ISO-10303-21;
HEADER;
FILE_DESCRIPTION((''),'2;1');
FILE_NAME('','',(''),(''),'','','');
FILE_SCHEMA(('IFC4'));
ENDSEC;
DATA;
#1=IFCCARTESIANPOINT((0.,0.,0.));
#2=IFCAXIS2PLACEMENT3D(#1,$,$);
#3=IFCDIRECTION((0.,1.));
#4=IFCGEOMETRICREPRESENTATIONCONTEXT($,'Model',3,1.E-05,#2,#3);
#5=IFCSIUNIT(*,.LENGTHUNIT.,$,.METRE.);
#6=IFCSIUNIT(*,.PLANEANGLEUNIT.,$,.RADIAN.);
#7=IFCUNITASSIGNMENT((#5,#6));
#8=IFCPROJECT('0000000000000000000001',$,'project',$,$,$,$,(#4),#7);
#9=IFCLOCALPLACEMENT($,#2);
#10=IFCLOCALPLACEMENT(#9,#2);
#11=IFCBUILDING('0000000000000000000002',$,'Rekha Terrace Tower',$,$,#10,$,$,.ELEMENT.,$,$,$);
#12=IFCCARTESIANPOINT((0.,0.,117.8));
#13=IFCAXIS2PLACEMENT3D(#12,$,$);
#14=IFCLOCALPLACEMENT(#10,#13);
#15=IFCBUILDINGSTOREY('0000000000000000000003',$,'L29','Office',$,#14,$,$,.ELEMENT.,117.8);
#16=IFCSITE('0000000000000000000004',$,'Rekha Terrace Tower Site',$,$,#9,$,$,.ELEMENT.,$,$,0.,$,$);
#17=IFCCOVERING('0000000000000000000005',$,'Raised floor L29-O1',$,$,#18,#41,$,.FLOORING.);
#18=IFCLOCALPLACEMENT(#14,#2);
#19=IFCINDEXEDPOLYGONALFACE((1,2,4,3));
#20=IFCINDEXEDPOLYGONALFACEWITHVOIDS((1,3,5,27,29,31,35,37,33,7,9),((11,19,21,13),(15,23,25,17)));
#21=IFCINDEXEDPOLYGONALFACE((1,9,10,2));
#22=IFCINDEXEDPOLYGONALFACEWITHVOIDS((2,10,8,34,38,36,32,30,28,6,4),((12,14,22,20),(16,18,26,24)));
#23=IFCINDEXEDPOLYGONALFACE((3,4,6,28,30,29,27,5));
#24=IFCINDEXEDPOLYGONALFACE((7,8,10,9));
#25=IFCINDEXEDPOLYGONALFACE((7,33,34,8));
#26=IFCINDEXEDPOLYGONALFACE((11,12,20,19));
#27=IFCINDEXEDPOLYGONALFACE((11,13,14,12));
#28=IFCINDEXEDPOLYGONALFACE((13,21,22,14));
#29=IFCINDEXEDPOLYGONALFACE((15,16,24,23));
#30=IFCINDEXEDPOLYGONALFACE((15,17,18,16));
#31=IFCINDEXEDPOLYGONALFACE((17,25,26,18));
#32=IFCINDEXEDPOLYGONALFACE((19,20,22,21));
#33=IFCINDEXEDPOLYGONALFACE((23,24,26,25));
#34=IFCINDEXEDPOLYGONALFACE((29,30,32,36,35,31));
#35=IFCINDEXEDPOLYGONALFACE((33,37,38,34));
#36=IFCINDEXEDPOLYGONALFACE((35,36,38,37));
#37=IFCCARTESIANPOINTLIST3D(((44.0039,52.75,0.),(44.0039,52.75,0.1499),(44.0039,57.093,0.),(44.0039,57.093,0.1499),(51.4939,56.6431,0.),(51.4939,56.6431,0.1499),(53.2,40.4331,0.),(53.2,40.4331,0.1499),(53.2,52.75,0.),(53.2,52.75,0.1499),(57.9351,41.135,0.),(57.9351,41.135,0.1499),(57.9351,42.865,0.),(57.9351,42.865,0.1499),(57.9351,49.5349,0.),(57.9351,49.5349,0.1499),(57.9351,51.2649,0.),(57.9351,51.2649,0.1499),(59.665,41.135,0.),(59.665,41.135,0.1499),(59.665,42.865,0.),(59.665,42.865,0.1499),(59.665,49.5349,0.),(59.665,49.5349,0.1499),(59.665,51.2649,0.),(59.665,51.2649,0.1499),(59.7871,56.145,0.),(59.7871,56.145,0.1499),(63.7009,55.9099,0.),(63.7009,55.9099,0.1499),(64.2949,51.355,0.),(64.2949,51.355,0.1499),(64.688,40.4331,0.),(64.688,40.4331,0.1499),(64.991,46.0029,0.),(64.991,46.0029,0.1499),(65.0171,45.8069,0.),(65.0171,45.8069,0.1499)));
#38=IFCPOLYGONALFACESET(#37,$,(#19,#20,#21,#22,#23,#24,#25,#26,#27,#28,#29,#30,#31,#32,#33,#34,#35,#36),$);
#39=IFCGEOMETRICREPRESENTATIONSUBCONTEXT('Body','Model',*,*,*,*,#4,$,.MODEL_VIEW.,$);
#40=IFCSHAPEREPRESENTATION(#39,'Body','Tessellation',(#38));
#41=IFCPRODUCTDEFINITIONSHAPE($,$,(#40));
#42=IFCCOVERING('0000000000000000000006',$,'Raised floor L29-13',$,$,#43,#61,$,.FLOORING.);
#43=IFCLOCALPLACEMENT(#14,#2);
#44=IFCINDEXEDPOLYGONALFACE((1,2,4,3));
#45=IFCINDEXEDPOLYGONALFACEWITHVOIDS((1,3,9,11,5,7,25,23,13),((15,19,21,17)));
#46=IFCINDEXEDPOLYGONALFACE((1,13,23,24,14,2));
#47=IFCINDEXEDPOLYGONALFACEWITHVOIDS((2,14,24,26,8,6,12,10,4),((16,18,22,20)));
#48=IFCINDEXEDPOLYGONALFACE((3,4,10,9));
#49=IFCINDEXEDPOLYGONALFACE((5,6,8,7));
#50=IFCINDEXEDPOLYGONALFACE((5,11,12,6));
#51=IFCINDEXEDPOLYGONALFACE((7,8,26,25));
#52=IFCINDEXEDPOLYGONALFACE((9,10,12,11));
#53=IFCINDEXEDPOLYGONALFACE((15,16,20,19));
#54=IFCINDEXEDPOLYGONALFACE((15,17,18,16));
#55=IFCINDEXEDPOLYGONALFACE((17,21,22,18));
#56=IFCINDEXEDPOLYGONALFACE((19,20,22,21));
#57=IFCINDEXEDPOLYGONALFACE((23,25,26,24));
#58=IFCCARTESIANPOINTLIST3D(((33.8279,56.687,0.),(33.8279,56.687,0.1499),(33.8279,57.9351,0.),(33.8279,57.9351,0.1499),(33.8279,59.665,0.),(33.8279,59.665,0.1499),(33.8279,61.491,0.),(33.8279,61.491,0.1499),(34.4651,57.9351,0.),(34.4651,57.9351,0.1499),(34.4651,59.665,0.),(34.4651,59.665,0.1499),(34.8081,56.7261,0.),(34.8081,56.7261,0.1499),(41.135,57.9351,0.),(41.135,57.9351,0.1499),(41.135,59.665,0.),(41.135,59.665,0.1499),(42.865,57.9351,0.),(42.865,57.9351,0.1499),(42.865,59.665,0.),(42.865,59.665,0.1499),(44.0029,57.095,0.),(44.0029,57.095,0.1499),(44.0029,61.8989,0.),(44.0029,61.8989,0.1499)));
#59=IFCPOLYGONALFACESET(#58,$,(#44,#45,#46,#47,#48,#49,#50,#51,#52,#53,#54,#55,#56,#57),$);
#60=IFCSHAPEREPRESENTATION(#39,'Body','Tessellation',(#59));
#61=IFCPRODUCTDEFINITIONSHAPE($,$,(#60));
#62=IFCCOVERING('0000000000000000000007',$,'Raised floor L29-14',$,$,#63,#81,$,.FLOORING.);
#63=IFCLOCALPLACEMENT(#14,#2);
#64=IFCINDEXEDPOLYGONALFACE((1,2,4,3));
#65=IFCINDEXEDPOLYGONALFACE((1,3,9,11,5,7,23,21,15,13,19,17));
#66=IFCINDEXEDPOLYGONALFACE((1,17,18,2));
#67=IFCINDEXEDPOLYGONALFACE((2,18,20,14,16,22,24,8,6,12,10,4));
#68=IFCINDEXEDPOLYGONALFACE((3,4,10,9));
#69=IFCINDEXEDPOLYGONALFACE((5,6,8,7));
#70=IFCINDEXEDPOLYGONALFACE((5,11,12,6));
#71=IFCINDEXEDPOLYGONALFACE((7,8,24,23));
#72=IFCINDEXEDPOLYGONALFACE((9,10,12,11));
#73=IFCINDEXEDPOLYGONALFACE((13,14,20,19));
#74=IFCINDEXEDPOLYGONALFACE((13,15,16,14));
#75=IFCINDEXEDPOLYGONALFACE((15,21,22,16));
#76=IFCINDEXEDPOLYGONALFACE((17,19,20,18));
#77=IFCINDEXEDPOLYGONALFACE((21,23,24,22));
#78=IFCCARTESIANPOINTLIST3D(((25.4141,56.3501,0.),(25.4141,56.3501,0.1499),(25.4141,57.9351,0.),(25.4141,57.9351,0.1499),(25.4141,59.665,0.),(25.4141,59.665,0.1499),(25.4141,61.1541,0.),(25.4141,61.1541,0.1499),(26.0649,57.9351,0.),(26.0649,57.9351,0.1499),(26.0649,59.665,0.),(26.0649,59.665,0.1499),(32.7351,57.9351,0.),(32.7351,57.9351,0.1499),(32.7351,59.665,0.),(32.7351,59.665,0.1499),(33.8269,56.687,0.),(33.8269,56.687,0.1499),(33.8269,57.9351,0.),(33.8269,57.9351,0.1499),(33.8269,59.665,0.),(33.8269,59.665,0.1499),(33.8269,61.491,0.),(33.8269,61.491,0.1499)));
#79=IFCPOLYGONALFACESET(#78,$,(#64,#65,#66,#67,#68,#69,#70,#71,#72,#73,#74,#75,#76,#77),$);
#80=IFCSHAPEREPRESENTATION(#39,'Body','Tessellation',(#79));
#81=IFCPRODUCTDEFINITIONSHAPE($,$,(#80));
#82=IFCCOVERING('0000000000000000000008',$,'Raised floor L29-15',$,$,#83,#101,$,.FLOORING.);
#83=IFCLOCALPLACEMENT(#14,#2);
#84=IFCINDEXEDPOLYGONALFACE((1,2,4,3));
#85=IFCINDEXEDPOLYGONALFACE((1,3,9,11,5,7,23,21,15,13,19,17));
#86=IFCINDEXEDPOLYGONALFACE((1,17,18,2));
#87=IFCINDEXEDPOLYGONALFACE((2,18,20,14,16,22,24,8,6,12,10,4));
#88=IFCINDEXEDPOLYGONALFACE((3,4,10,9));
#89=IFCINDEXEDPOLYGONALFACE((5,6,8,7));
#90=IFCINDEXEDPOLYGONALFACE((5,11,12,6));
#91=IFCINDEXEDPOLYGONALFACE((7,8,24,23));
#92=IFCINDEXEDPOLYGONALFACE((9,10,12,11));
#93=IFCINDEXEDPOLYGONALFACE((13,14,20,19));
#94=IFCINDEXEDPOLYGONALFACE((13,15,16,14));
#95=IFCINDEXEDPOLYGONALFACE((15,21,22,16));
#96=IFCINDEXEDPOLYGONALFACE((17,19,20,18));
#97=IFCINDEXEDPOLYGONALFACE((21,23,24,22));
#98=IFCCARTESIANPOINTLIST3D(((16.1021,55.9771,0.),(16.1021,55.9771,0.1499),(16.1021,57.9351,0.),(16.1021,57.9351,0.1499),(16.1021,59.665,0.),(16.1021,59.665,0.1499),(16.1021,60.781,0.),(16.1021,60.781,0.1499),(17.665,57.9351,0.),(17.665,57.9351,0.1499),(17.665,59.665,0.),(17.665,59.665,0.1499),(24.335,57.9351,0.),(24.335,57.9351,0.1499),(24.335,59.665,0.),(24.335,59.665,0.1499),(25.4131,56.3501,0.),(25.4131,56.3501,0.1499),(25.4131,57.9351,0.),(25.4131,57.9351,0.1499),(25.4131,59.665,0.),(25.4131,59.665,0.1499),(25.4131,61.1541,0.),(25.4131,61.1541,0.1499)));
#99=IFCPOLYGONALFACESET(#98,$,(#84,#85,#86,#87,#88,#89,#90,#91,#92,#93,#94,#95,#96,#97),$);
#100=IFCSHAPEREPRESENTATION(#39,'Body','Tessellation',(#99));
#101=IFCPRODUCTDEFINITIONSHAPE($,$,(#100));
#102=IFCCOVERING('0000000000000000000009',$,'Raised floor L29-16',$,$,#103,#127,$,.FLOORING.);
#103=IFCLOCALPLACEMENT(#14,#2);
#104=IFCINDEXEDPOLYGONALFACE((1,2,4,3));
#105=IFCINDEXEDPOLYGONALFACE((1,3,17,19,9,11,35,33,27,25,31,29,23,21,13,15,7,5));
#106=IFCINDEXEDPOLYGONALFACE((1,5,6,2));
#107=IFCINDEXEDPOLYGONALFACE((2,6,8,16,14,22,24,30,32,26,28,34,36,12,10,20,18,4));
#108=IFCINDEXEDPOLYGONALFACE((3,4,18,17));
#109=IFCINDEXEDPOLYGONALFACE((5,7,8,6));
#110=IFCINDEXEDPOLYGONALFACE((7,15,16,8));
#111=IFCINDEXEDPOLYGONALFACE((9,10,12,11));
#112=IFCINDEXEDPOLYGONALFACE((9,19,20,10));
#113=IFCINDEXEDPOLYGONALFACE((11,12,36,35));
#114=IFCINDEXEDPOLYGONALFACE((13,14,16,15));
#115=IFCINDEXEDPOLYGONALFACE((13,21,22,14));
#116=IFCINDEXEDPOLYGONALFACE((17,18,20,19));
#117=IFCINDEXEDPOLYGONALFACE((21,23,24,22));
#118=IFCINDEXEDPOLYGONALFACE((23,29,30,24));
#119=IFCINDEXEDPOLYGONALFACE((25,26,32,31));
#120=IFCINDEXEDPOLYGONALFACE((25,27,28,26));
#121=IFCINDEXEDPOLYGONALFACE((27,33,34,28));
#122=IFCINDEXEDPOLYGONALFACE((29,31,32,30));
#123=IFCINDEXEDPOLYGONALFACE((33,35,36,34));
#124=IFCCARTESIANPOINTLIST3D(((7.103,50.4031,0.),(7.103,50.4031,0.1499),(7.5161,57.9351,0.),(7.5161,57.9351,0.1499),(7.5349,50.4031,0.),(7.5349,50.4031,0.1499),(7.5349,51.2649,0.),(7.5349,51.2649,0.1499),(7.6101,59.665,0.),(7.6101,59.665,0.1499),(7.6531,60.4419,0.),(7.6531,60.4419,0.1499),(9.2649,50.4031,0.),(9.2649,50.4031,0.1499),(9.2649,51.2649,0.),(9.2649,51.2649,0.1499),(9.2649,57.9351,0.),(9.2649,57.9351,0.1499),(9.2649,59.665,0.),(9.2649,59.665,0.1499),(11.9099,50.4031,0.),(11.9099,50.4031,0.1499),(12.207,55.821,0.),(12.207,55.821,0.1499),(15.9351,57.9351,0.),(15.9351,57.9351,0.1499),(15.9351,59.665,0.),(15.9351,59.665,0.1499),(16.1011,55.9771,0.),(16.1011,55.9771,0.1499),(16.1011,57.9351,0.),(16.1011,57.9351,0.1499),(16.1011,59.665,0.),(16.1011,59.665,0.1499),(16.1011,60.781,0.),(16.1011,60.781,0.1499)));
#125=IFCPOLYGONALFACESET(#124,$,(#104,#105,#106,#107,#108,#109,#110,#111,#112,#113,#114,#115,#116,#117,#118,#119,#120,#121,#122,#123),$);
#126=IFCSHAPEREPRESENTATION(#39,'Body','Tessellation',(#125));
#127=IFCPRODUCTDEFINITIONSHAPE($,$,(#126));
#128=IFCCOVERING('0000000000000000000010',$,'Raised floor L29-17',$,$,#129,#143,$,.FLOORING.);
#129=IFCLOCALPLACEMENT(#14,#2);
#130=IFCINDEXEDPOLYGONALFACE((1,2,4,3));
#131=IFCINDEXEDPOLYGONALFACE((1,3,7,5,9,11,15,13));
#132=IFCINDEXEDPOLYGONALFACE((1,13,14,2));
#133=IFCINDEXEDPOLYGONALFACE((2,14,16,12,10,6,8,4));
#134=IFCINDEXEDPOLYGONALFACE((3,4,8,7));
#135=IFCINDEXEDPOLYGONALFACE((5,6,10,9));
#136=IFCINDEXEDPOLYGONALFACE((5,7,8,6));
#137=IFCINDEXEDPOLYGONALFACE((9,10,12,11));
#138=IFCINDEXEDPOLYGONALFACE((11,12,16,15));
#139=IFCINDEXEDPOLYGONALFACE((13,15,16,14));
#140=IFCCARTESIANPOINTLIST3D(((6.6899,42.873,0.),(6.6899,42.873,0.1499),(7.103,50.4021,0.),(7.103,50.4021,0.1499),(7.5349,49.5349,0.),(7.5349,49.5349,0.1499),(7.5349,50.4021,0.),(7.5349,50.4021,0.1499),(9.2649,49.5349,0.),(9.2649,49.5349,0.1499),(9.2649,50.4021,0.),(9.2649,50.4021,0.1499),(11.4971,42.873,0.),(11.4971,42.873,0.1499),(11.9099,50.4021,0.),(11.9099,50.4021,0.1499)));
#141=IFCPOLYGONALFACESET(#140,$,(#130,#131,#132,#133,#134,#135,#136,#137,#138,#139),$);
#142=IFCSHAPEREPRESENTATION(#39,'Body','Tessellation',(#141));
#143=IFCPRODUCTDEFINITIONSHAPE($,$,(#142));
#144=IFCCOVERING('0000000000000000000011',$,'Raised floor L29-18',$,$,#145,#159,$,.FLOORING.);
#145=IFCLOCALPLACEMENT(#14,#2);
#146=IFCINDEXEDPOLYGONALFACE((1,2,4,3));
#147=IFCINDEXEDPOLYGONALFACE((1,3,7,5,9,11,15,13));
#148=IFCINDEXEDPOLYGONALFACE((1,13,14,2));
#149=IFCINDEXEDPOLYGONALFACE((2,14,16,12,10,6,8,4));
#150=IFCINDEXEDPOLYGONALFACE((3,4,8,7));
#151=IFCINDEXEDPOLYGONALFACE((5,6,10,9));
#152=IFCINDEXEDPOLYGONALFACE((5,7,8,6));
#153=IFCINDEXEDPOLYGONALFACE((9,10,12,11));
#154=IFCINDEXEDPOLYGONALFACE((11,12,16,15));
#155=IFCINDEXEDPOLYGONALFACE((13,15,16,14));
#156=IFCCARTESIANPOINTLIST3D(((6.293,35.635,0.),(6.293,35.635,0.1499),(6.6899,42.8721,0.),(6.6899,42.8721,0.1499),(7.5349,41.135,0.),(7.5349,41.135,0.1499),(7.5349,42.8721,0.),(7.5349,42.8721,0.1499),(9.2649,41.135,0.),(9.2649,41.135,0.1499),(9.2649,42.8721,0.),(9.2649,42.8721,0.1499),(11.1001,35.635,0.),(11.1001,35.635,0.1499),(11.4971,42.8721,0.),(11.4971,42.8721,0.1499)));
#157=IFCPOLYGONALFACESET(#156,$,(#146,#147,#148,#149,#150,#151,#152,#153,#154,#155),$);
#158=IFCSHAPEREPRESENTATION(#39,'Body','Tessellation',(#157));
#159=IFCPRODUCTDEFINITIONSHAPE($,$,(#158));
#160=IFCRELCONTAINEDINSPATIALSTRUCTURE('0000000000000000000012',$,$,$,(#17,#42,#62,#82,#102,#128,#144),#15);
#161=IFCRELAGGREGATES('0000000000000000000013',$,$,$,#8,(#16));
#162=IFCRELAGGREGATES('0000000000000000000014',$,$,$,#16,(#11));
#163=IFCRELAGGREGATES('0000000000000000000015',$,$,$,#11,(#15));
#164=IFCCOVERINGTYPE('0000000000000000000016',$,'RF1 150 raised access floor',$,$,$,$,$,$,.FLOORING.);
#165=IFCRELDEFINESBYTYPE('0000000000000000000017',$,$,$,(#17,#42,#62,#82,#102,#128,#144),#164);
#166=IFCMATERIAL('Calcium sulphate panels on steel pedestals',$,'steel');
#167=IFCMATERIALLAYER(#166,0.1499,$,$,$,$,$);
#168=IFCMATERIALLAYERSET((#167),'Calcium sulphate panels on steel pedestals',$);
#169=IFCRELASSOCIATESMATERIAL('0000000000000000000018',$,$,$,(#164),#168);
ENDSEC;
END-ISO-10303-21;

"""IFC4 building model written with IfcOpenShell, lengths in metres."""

from ifc_helpers import new_model, si_unit, direction, frame, origin, place, context, subcontext, project, spatial, polyline, outline, extrude, material, layer, layer_set, type_object, element, save


model = new_model("IFC4")

# Units and contexts
model_context = context("Model", 3, precision=1e-05, world=origin(), true_north=direction((0.0, 1.0)))
body_context = subcontext(model_context, "Body", "Model", "MODEL_VIEW")
ifc_project = project(units=[si_unit("LENGTHUNIT", "METRE"), si_unit("PLANEANGLEUNIT", "RADIAN")], contexts=[model_context])

# Site, building, storey
site_placement = place(None, origin())
site = spatial("IfcSite", under=ifc_project, at=site_placement, Name="Rekha Terrace Tower Site", CompositionType="ELEMENT", RefElevation=0.0)
building_placement = place(site_placement, origin())
building = spatial("IfcBuilding", under=site, at=building_placement, Name="Rekha Terrace Tower", CompositionType="ELEMENT")
storey_placement = place(building_placement, frame((0.0, 0.0, 117.8)))
storey = spatial("IfcBuildingStorey", under=building, at=storey_placement, Name="L29", Description="Office", CompositionType="ELEMENT", Elevation=117.8)

# Coverings
ifc_material_1 = material(Name="Calcium sulphate panels on steel pedestals", Category="steel")
ifc_layer_1 = layer(ifc_material_1, 0.1499)
ifc_layer_set_1 = layer_set([ifc_layer_1], Name="Calcium sulphate panels on steel pedestals")
covering_type_1 = type_object("IfcCoveringType", Name="RF1 150 raised access floor", PredefinedType="FLOORING", material=ifc_layer_set_1)
covering_1_placement = place(storey_placement, origin())
element("IfcCovering", 1, at=covering_1_placement, inside=storey, type_object=covering_type_1, Name="Raised floor L29-O1", PredefinedType="FLOORING", context=body_context, shape_type="SweptSolid", body=[
    extrude(outline(polyline([(59.7871, 56.145), (51.4939, 56.6431), (44.0039, 57.093), (44.0039, 52.75), (53.2, 52.75), (53.2, 40.4331), (64.688, 40.4331), (65.0171, 45.8069), (64.991, 46.0029), (64.2949, 51.355), (63.7009, 55.9099), (59.7871, 56.145)]), holes=[polyline([(59.665, 41.135), (57.9351, 41.135), (57.9351, 42.865), (59.665, 42.865), (59.665, 41.135)]), polyline([(59.665, 49.5349), (57.9351, 49.5349), (57.9351, 51.2649), (59.665, 51.2649), (59.665, 49.5349)])]), origin(), (0.0, 0.0, 1.0), 0.1499),
])
covering_2_placement = place(storey_placement, origin())
element("IfcCovering", 2, at=covering_2_placement, inside=storey, type_object=covering_type_1, Name="Raised floor L29-13", PredefinedType="FLOORING", context=body_context, shape_type="SweptSolid", body=[
    extrude(outline(polyline([(33.8279, 57.9351), (33.8279, 56.687), (34.8081, 56.7261), (44.0029, 57.095), (44.0029, 61.8989), (33.8279, 61.491), (33.8279, 59.665), (34.4651, 59.665), (34.4651, 57.9351), (33.8279, 57.9351)]), holes=[polyline([(42.865, 57.9351), (41.135, 57.9351), (41.135, 59.665), (42.865, 59.665), (42.865, 57.9351)])]), origin(), (0.0, 0.0, 1.0), 0.1499),
])
covering_3_placement = place(storey_placement, origin())
element("IfcCovering", 3, at=covering_3_placement, inside=storey, type_object=covering_type_1, Name="Raised floor L29-14", PredefinedType="FLOORING", context=body_context, shape_type="SweptSolid", body=[
    extrude(outline(polyline([(26.0649, 57.9351), (25.4141, 57.9351), (25.4141, 56.3501), (33.8269, 56.687), (33.8269, 57.9351), (32.7351, 57.9351), (32.7351, 59.665), (33.8269, 59.665), (33.8269, 61.491), (25.4141, 61.1541), (25.4141, 59.665), (26.0649, 59.665), (26.0649, 57.9351)])), origin(), (0.0, 0.0, 1.0), 0.1499),
])
covering_4_placement = place(storey_placement, origin())
element("IfcCovering", 4, at=covering_4_placement, inside=storey, type_object=covering_type_1, Name="Raised floor L29-15", PredefinedType="FLOORING", context=body_context, shape_type="SweptSolid", body=[
    extrude(outline(polyline([(16.1021, 57.9351), (16.1021, 55.9771), (25.4131, 56.3501), (25.4131, 57.9351), (24.335, 57.9351), (24.335, 59.665), (25.4131, 59.665), (25.4131, 61.1541), (16.1021, 60.781), (16.1021, 59.665), (17.665, 59.665), (17.665, 57.9351), (16.1021, 57.9351)])), origin(), (0.0, 0.0, 1.0), 0.1499),
])
covering_5_placement = place(storey_placement, origin())
element("IfcCovering", 5, at=covering_5_placement, inside=storey, type_object=covering_type_1, Name="Raised floor L29-16", PredefinedType="FLOORING", context=body_context, shape_type="SweptSolid", body=[
    extrude(outline(polyline([(9.2649, 57.9351), (7.5161, 57.9351), (7.103, 50.4031), (7.5349, 50.4031), (7.5349, 51.2649), (9.2649, 51.2649), (9.2649, 50.4031), (11.9099, 50.4031), (12.207, 55.821), (16.1011, 55.9771), (16.1011, 57.9351), (15.9351, 57.9351), (15.9351, 59.665), (16.1011, 59.665), (16.1011, 60.781), (7.6531, 60.4419), (7.6101, 59.665), (9.2649, 59.665), (9.2649, 57.9351)])), origin(), (0.0, 0.0, 1.0), 0.1499),
])
covering_6_placement = place(storey_placement, origin())
element("IfcCovering", 6, at=covering_6_placement, inside=storey, type_object=covering_type_1, Name="Raised floor L29-17", PredefinedType="FLOORING", context=body_context, shape_type="SweptSolid", body=[
    extrude(outline(polyline([(6.6899, 42.873), (11.4971, 42.873), (11.9099, 50.4021), (9.2649, 50.4021), (9.2649, 49.5349), (7.5349, 49.5349), (7.5349, 50.4021), (7.103, 50.4021), (6.6899, 42.873)])), origin(), (0.0, 0.0, 1.0), 0.1499),
])
covering_7_placement = place(storey_placement, origin())
element("IfcCovering", 7, at=covering_7_placement, inside=storey, type_object=covering_type_1, Name="Raised floor L29-18", PredefinedType="FLOORING", context=body_context, shape_type="SweptSolid", body=[
    extrude(outline(polyline([(9.2649, 41.135), (7.5349, 41.135), (7.5349, 42.8721), (6.6899, 42.8721), (6.293, 35.635), (11.1001, 35.635), (11.4971, 42.8721), (9.2649, 42.8721), (9.2649, 41.135)])), origin(), (0.0, 0.0, 1.0), 0.1499),
])

save(model, "model.ifc")
